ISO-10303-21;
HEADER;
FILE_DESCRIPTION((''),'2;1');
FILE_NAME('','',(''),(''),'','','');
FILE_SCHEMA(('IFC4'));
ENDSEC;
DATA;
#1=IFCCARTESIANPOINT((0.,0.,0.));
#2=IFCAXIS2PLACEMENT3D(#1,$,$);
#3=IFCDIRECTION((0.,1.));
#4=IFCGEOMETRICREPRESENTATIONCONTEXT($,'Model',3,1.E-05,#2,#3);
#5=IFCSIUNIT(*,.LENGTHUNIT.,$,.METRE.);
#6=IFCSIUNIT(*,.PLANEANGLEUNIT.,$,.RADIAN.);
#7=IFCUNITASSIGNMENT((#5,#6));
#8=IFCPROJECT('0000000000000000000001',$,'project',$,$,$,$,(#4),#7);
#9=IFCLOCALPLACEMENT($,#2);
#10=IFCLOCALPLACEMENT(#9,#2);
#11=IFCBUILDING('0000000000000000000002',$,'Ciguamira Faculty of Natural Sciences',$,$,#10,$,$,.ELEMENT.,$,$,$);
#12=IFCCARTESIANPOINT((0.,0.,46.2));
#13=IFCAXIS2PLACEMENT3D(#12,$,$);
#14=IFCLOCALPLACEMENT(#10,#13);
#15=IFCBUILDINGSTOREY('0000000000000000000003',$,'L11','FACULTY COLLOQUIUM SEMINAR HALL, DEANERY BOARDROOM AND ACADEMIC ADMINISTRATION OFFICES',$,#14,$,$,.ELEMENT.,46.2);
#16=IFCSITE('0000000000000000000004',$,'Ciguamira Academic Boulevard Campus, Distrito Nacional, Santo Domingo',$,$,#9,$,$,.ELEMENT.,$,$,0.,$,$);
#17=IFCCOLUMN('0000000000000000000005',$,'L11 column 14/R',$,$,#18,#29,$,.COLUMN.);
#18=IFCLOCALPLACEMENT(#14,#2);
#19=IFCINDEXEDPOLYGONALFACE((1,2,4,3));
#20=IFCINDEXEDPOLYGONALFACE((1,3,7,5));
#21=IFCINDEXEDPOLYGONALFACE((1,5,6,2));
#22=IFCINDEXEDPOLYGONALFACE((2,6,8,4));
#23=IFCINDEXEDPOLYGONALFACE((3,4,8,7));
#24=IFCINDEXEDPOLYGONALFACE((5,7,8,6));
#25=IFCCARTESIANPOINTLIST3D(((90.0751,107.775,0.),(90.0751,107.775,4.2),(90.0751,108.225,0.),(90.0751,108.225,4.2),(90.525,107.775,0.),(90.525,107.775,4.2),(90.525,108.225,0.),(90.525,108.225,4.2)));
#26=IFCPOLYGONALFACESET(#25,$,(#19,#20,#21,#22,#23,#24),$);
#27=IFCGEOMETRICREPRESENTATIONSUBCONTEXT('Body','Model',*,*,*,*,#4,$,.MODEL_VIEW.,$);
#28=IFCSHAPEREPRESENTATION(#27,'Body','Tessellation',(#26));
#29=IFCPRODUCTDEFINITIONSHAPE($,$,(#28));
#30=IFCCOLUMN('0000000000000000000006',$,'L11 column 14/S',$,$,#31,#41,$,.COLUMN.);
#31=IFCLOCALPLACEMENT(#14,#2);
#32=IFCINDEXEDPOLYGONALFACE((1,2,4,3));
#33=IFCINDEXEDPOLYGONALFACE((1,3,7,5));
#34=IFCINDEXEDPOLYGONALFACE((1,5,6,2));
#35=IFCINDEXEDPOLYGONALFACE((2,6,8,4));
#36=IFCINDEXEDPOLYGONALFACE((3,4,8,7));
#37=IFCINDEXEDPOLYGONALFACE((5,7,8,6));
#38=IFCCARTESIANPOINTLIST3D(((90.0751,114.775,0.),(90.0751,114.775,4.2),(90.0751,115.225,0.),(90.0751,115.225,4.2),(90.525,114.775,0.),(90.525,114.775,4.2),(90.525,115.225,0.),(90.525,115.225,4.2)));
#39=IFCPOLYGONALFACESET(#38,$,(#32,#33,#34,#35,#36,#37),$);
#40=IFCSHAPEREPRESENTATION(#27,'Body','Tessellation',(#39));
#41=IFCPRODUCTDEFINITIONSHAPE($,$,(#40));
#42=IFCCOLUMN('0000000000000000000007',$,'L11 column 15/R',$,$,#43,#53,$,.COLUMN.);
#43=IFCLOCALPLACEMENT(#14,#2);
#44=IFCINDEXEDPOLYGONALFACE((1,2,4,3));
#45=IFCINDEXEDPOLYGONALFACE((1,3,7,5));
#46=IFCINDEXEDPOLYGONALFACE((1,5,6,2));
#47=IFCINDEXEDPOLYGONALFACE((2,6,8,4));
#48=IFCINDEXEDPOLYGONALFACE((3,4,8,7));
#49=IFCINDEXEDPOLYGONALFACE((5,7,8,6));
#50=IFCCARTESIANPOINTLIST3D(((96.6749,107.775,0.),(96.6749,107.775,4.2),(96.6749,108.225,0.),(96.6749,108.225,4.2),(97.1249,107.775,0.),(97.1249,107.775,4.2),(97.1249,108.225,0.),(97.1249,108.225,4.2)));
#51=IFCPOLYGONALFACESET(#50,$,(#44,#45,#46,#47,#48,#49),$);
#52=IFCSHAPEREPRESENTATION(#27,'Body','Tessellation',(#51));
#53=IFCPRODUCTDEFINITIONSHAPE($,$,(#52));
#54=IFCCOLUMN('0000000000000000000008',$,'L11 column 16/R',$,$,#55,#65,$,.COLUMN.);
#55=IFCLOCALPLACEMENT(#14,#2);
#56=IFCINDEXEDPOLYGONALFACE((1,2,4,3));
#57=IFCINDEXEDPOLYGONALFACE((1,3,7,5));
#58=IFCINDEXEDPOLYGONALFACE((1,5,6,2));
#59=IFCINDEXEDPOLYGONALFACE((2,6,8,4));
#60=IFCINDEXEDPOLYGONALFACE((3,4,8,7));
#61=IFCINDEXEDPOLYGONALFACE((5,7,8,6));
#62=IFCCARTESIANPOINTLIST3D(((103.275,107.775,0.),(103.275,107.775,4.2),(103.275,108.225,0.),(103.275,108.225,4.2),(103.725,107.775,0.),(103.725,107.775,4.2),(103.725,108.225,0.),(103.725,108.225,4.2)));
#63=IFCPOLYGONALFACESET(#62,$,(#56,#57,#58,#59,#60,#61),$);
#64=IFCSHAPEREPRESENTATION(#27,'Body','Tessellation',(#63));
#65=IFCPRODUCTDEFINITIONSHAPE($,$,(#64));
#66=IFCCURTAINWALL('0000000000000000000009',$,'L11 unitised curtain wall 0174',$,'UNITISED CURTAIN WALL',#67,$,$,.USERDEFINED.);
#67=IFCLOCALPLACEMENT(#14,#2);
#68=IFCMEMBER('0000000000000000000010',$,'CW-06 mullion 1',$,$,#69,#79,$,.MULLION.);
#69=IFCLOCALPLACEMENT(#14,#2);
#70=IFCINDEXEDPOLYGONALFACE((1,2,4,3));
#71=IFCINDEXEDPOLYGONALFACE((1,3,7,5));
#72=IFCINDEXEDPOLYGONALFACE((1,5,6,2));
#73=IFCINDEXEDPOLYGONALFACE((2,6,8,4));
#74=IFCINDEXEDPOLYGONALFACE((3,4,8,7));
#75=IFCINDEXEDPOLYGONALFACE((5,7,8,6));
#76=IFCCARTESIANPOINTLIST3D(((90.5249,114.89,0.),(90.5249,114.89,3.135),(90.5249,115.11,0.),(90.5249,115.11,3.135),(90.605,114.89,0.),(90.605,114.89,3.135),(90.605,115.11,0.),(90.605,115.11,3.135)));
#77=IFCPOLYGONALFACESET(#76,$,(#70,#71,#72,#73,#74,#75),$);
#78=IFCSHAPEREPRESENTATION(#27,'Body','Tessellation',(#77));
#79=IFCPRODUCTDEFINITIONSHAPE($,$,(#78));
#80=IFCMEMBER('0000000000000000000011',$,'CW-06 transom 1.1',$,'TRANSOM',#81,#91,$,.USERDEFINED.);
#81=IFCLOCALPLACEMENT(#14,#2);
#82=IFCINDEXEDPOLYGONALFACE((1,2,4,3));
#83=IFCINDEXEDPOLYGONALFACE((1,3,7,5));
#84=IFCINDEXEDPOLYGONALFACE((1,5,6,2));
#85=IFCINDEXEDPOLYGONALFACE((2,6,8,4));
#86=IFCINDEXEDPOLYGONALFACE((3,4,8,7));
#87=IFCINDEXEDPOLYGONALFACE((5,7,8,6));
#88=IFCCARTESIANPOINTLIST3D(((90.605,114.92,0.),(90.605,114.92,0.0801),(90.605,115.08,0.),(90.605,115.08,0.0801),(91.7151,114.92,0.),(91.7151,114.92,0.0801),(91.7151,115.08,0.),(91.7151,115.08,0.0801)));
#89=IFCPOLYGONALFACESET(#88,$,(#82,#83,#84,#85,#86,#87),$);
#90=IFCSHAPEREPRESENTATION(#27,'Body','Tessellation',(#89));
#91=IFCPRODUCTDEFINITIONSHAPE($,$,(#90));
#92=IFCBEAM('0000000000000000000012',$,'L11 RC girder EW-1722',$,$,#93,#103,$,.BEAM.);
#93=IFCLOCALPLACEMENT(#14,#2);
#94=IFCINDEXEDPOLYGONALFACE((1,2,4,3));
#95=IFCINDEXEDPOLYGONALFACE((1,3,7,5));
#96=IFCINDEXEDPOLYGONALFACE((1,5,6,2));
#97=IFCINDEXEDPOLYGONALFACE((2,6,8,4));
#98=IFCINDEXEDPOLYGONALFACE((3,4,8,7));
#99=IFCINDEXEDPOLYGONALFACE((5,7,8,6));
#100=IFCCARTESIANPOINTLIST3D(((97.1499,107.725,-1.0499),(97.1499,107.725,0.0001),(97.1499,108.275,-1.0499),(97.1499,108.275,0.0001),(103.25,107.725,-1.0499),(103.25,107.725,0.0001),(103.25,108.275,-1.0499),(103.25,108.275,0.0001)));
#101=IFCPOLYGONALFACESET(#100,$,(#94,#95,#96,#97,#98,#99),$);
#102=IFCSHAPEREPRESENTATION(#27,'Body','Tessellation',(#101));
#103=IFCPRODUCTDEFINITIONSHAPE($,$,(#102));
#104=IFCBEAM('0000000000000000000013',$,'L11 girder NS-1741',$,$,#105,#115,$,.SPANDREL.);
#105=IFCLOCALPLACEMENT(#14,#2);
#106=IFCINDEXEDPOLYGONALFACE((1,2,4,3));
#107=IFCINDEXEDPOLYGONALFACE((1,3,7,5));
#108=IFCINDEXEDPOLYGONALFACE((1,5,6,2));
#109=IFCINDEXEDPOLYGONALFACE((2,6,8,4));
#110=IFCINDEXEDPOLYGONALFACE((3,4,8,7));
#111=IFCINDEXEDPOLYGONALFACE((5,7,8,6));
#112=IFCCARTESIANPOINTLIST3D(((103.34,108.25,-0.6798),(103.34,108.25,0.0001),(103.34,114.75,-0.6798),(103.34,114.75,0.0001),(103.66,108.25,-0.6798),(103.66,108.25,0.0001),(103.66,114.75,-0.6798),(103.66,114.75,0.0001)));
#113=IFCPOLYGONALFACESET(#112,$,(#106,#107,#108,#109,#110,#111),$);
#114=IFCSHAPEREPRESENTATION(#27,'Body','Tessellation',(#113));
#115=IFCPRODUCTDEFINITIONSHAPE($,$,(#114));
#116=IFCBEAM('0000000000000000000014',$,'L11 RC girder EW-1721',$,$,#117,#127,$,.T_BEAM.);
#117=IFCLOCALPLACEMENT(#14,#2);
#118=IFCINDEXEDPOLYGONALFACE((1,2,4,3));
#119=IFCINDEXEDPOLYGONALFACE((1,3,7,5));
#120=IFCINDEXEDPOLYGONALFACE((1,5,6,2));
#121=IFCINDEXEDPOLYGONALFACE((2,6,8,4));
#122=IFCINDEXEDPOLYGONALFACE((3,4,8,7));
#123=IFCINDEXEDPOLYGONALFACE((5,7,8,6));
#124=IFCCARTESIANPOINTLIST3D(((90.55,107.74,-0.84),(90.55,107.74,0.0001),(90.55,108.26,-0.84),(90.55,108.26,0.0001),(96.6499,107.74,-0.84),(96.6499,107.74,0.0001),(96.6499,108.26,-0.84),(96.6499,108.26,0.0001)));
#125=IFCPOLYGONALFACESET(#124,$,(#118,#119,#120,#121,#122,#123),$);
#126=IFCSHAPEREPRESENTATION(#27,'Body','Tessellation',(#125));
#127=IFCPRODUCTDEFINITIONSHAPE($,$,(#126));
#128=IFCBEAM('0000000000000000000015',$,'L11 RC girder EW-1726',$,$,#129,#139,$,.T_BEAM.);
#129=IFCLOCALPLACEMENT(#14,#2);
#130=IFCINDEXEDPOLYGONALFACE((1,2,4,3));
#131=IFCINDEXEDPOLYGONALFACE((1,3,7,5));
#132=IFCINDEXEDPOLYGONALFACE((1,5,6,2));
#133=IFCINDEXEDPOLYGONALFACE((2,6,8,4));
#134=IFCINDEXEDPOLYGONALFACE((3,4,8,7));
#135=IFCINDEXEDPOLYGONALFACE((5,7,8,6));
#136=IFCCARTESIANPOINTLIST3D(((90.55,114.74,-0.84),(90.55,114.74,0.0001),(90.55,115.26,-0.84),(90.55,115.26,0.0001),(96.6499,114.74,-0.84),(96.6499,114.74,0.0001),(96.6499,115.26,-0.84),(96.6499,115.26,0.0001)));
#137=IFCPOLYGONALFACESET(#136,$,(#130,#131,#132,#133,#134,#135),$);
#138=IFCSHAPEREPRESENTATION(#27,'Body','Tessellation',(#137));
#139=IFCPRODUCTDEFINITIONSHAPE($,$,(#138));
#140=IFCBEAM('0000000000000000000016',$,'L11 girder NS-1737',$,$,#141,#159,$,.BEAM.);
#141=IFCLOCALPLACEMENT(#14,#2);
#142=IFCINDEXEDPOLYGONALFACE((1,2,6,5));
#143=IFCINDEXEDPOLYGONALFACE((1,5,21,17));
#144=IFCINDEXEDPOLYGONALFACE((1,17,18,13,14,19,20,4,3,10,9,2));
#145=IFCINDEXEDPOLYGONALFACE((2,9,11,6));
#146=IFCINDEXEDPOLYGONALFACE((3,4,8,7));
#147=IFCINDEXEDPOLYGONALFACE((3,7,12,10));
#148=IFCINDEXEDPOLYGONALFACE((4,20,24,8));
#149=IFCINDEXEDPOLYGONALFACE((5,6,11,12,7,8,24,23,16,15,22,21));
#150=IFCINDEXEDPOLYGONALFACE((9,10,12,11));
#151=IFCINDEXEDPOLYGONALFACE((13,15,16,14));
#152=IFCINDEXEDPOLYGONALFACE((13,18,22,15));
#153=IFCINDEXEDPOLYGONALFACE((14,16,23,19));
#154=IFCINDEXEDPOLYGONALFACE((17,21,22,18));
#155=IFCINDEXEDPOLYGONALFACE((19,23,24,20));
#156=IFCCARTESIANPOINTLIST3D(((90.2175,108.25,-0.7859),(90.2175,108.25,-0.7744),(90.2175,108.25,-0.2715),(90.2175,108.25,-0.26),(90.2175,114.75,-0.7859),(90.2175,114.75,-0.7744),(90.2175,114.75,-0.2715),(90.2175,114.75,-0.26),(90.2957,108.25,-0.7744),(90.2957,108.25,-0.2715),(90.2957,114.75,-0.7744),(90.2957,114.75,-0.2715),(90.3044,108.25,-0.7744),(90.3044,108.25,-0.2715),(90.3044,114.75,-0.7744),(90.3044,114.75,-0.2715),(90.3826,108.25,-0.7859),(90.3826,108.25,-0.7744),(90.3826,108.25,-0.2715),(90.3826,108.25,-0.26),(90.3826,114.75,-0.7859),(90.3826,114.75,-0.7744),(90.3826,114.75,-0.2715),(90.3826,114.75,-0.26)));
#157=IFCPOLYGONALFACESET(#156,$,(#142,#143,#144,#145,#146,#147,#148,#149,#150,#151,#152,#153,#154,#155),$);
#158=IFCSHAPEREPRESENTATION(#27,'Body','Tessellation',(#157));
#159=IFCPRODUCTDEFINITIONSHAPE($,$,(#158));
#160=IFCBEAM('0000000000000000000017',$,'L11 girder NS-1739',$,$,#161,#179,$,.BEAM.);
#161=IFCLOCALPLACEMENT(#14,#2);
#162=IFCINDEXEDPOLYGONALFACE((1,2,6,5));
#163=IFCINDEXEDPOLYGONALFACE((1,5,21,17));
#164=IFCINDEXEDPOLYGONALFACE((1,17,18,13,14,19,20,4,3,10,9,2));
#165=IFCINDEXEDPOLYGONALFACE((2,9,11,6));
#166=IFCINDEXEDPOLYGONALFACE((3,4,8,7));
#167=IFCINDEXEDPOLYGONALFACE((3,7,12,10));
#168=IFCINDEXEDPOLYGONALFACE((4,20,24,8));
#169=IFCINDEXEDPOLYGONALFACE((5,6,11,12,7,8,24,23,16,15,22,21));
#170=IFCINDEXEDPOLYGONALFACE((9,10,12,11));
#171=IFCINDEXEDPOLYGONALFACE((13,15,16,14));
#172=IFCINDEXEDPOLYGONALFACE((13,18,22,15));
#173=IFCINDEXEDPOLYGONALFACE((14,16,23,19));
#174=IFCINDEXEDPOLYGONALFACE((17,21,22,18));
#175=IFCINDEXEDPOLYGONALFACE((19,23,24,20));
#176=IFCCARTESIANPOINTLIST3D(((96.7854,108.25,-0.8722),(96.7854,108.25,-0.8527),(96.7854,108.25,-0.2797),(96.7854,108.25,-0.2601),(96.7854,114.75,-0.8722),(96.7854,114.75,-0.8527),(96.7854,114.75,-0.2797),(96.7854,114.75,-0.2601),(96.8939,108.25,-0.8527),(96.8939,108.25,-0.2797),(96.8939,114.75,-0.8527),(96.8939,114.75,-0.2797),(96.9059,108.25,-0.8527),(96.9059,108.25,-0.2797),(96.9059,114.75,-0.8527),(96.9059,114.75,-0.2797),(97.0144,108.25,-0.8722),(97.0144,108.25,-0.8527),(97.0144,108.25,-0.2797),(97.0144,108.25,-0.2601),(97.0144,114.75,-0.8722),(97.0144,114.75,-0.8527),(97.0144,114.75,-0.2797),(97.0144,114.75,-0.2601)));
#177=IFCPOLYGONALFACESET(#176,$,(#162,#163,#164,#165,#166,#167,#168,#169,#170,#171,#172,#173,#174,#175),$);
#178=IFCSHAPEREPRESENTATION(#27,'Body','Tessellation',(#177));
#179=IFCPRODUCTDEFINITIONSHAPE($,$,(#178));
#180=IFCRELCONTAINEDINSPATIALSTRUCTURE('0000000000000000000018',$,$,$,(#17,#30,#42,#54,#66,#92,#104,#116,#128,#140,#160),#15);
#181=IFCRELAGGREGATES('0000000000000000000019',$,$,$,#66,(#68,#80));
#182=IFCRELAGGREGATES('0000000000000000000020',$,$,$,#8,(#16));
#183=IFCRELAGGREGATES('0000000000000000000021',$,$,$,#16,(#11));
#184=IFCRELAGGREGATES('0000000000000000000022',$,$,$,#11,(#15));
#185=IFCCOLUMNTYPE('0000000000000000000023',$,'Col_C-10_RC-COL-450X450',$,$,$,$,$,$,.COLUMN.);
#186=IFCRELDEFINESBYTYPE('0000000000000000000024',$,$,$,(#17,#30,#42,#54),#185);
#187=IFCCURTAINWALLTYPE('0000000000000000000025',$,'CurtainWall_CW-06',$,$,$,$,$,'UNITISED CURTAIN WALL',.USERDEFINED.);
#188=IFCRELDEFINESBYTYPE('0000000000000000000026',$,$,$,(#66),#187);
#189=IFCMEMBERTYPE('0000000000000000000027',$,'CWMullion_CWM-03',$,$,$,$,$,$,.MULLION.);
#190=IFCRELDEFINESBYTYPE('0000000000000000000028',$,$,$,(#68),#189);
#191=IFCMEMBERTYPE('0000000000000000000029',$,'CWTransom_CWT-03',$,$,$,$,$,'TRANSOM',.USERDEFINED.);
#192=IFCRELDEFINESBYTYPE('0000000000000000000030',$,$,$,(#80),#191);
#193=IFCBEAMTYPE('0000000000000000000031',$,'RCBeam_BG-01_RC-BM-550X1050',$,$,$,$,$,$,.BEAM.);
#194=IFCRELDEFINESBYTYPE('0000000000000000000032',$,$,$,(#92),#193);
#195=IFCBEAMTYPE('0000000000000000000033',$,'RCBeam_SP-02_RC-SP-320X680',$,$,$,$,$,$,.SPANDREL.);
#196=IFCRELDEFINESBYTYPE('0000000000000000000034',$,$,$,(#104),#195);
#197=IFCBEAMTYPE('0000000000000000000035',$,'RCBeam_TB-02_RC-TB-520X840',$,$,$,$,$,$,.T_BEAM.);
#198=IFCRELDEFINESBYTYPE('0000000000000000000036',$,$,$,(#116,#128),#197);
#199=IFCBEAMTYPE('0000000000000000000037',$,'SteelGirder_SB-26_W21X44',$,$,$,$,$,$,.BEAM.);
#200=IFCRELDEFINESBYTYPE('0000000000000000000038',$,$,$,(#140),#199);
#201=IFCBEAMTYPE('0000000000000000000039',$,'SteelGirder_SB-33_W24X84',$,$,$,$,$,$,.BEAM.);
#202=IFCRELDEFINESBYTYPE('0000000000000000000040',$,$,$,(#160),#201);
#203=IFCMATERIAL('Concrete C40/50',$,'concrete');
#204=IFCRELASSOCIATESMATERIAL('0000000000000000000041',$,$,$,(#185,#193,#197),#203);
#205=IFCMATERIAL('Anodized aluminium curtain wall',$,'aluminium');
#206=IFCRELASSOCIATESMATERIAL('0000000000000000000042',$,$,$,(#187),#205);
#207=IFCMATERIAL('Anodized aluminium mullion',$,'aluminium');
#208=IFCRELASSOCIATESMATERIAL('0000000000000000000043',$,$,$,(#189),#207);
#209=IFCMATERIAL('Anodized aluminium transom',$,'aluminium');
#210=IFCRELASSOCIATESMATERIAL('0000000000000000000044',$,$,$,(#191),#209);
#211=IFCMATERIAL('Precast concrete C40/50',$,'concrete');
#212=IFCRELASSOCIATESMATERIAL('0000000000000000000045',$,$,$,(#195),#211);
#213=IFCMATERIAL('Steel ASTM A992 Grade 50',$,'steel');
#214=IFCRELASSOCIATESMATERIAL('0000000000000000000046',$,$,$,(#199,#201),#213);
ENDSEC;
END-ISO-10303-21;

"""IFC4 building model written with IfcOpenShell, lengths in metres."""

from ifc_helpers import new_model, si_unit, direction, frame, origin, origin_2d, place, context, subcontext, project, spatial, rectangle, i_section, extrude, material, material_profile, profile_set, type_object, element, aggregate, save


model = new_model("IFC4")

# Units and contexts
model_context = context("Model", 3, precision=1e-05, world=origin(), true_north=direction((0.0, 1.0)))
body_context = subcontext(model_context, "Body", "Model", "MODEL_VIEW")
ifc_project = project(units=[si_unit("LENGTHUNIT", "METRE"), si_unit("PLANEANGLEUNIT", "RADIAN")], contexts=[model_context])

# Site, building, storey
site_placement = place(None, origin())
site = spatial("IfcSite", under=ifc_project, at=site_placement, Name="Ciguamira Academic Boulevard Campus, Distrito Nacional, Santo Domingo", CompositionType="ELEMENT", RefElevation=0.0)
building_placement = place(site_placement, origin())
building = spatial("IfcBuilding", under=site, at=building_placement, Name="Ciguamira Faculty of Natural Sciences", CompositionType="ELEMENT")
storey_placement = place(building_placement, frame((0.0, 0.0, 46.2)))
storey = spatial("IfcBuildingStorey", under=building, at=storey_placement, Name="L11", Description="FACULTY COLLOQUIUM SEMINAR HALL, DEANERY BOARDROOM AND ACADEMIC ADMINISTRATION OFFICES", CompositionType="ELEMENT", Elevation=46.2)

# Columns
ifc_material_1 = material(Name="Concrete C40/50", Category="concrete")
ifc_material_profile_1 = material_profile(ifc_material_1, rectangle(XDim=0.45, YDim=0.45, at=origin_2d()), Name="RC-COL-450X450")
ifc_profile_set_1 = profile_set([ifc_material_profile_1], Name="Concrete C40/50")
column_type = type_object("IfcColumnType", Name="Col_C-10_RC-COL-450X450", PredefinedType="COLUMN", material=ifc_profile_set_1)
for number, where, z_axis, x_axis, name in (
    (1, (90.3, 108.0, 0.0), (0.0, 0.0, 1.0), (1.0, 0.0, 0.0), "L11 column 14/R"),
    (2, (90.3, 115.0, 0.0), (0.0, 0.0, 1.0), (1.0, 0.0, 0.0), "L11 column 14/S"),
    (3, (96.8999, 108.0, 0.0), (0.0, 0.0, 1.0), (1.0, 0.0, 0.0), "L11 column 15/R"),
    (4, (103.5, 108.0, 0.0), (0.0, 0.0, 1.0), (1.0, 0.0, 0.0), "L11 column 16/R"),
):
    element("IfcColumn", number, at=place(storey_placement, frame(where, z_axis=z_axis, x_axis=x_axis)), inside=storey, type_object=column_type, Name=name, PredefinedType="COLUMN", context=body_context, shape_type="SweptSolid", body=[
        extrude(rectangle(XDim=0.45, YDim=0.45, at=origin_2d()), origin(), (0.0, 0.0, 1.0), 4.2),
    ])

# Curtain wall, members
ifc_material_2 = material(Name="Anodized aluminium curtain wall", Category="aluminium")
curtain_wall_type = type_object("IfcCurtainWallType", Name="CurtainWall_CW-06", ElementType="UNITISED CURTAIN WALL", PredefinedType="USERDEFINED", material=ifc_material_2)
curtain_wall_placement = place(storey_placement, origin())
curtain_wall = element("IfcCurtainWall", 5, at=curtain_wall_placement, inside=storey, type_object=curtain_wall_type, Name="L11 unitised curtain wall 0174", ObjectType="UNITISED CURTAIN WALL", PredefinedType="USERDEFINED")
ifc_material_3 = material(Name="Anodized aluminium mullion", Category="aluminium")
ifc_material_profile_2 = material_profile(ifc_material_3, rectangle(XDim=0.0801, YDim=0.22, at=origin_2d()), Name="ALU-MUL-80X220")
ifc_profile_set_2 = profile_set([ifc_material_profile_2], Name="Anodized aluminium mullion")
member_type_1 = type_object("IfcMemberType", Name="CWMullion_CWM-03", PredefinedType="MULLION", material=ifc_profile_set_2)
member_1_placement = place(storey_placement, frame((90.5649, 115.0, 0.0), z_axis=(0.0, 0.0, 1.0), x_axis=(1.0, 0.0, 0.0)))
member_1 = element("IfcMember", 6, at=member_1_placement, type_object=member_type_1, Name="CW-06 mullion 1", PredefinedType="MULLION", context=body_context, shape_type="SweptSolid", body=[
    extrude(rectangle(XDim=0.0801, YDim=0.22, at=origin_2d()), origin(), (0.0, 0.0, 1.0), 3.135),
])
ifc_material_4 = material(Name="Anodized aluminium transom", Category="aluminium")
ifc_material_profile_3 = material_profile(ifc_material_4, rectangle(XDim=0.0801, YDim=0.1599, at=origin_2d()), Name="ALU-TRN-80X160")
ifc_profile_set_3 = profile_set([ifc_material_profile_3], Name="Anodized aluminium transom")
member_type_2 = type_object("IfcMemberType", Name="CWTransom_CWT-03", ElementType="TRANSOM", PredefinedType="USERDEFINED", material=ifc_profile_set_3)
member_2_placement = place(storey_placement, frame((90.605, 115.0, 0.04), z_axis=(1.0, 0.0, 0.0), x_axis=(0.0, 0.0, 1.0)))
member_2 = element("IfcMember", 7, at=member_2_placement, type_object=member_type_2, Name="CW-06 transom 1.1", ObjectType="TRANSOM", PredefinedType="USERDEFINED", context=body_context, shape_type="SweptSolid", body=[
    extrude(rectangle(XDim=0.0801, YDim=0.1599, at=origin_2d()), origin(), (0.0, 0.0, 1.0), 1.1101),
])
aggregate(curtain_wall, [member_1, member_2])

# Beams
ifc_material_profile_4 = material_profile(ifc_material_1, rectangle(XDim=0.55, YDim=1.05, at=origin_2d()), Name="RC-BM-550X1050")
ifc_profile_set_4 = profile_set([ifc_material_profile_4], Name="Concrete C40/50")
beam_type_1 = type_object("IfcBeamType", Name="RCBeam_BG-01_RC-BM-550X1050", PredefinedType="BEAM", material=ifc_profile_set_4)
beam_1_placement = place(storey_placement, frame((97.1499, 108.0, -0.5249), z_axis=(1.0, 0.0, 0.0), x_axis=(0.0, 1.0, 0.0)))
element("IfcBeam", 8, at=beam_1_placement, inside=storey, type_object=beam_type_1, Name="L11 RC girder EW-1722", PredefinedType="BEAM", context=body_context, shape_type="SweptSolid", body=[
    extrude(rectangle(XDim=0.55, YDim=1.05, at=origin_2d()), origin(), (0.0, 0.0, 1.0), 6.1001),
])
ifc_material_5 = material(Name="Precast concrete C40/50", Category="concrete")
ifc_material_profile_5 = material_profile(ifc_material_5, rectangle(XDim=0.3201, YDim=0.6799, at=origin_2d()), Name="RC-SP-320X680")
ifc_profile_set_5 = profile_set([ifc_material_profile_5], Name="Precast concrete C40/50")
beam_type_2 = type_object("IfcBeamType", Name="RCBeam_SP-02_RC-SP-320X680", PredefinedType="SPANDREL", material=ifc_profile_set_5)
beam_2_placement = place(storey_placement, frame((103.5, 108.25, -0.3398), z_axis=(0.0, 1.0, 0.0), x_axis=(-1.0, 0.0, 0.0)))
element("IfcBeam", 9, at=beam_2_placement, inside=storey, type_object=beam_type_2, Name="L11 girder NS-1741", PredefinedType="SPANDREL", context=body_context, shape_type="SweptSolid", body=[
    extrude(rectangle(XDim=0.3201, YDim=0.6799, at=origin_2d()), origin(), (0.0, 0.0, 1.0), 6.5),
])
ifc_material_profile_6 = material_profile(ifc_material_1, rectangle(XDim=0.52, YDim=0.8401, at=origin_2d()), Name="RC-TB-520X840")
ifc_profile_set_6 = profile_set([ifc_material_profile_6], Name="Concrete C40/50")
beam_type_3 = type_object("IfcBeamType", Name="RCBeam_TB-02_RC-TB-520X840", PredefinedType="T_BEAM", material=ifc_profile_set_6)
for number, where, z_axis, x_axis, name in (
    (10, (90.55, 108.0, -0.4199), (1.0, 0.0, 0.0), (0.0, 1.0, 0.0), "L11 RC girder EW-1721"),
    (11, (90.55, 115.0, -0.4199), (1.0, 0.0, 0.0), (0.0, 1.0, 0.0), "L11 RC girder EW-1726"),
):
    element("IfcBeam", number, at=place(storey_placement, frame(where, z_axis=z_axis, x_axis=x_axis)), inside=storey, type_object=beam_type_3, Name=name, PredefinedType="T_BEAM", context=body_context, shape_type="SweptSolid", body=[
        extrude(rectangle(XDim=0.52, YDim=0.8401, at=origin_2d()), origin(), (0.0, 0.0, 1.0), 6.0999),
    ])
ifc_material_6 = material(Name="Steel ASTM A992 Grade 50", Category="steel")
ifc_material_profile_7 = material_profile(ifc_material_6, i_section(OverallWidth=0.165, OverallDepth=0.5259, WebThickness=0.0088, FlangeThickness=0.0115, at=origin_2d()), Name="W21X44")
ifc_profile_set_7 = profile_set([ifc_material_profile_7], Name="Steel ASTM A992 Grade 50")
beam_type_4 = type_object("IfcBeamType", Name="SteelGirder_SB-26_W21X44", PredefinedType="BEAM", material=ifc_profile_set_7)
beam_3_placement = place(storey_placement, frame((90.3, 108.25, -0.5229), z_axis=(0.0, 1.0, 0.0), x_axis=(-1.0, 0.0, 0.0)))
element("IfcBeam", 12, at=beam_3_placement, inside=storey, type_object=beam_type_4, Name="L11 girder NS-1737", PredefinedType="BEAM", context=body_context, shape_type="SweptSolid", body=[
    extrude(i_section(OverallWidth=0.165, OverallDepth=0.5259, WebThickness=0.0088, FlangeThickness=0.0115, at=origin_2d()), origin(), (0.0, 0.0, 1.0), 6.5),
])
ifc_material_profile_8 = material_profile(ifc_material_6, i_section(OverallWidth=0.229, OverallDepth=0.6121, WebThickness=0.012, FlangeThickness=0.0195, at=origin_2d()), Name="W24X84")
ifc_profile_set_8 = profile_set([ifc_material_profile_8], Name="Steel ASTM A992 Grade 50")
beam_type_5 = type_object("IfcBeamType", Name="SteelGirder_SB-33_W24X84", PredefinedType="BEAM", material=ifc_profile_set_8)
beam_4_placement = place(storey_placement, frame((96.8999, 108.25, -0.5662), z_axis=(0.0, 1.0, 0.0), x_axis=(-1.0, 0.0, 0.0)))
element("IfcBeam", 13, at=beam_4_placement, inside=storey, type_object=beam_type_5, Name="L11 girder NS-1739", PredefinedType="BEAM", context=body_context, shape_type="SweptSolid", body=[
    extrude(i_section(OverallWidth=0.229, OverallDepth=0.6121, WebThickness=0.012, FlangeThickness=0.0195, at=origin_2d()), origin(), (0.0, 0.0, 1.0), 6.5),
])

save(model, "model.ifc")
